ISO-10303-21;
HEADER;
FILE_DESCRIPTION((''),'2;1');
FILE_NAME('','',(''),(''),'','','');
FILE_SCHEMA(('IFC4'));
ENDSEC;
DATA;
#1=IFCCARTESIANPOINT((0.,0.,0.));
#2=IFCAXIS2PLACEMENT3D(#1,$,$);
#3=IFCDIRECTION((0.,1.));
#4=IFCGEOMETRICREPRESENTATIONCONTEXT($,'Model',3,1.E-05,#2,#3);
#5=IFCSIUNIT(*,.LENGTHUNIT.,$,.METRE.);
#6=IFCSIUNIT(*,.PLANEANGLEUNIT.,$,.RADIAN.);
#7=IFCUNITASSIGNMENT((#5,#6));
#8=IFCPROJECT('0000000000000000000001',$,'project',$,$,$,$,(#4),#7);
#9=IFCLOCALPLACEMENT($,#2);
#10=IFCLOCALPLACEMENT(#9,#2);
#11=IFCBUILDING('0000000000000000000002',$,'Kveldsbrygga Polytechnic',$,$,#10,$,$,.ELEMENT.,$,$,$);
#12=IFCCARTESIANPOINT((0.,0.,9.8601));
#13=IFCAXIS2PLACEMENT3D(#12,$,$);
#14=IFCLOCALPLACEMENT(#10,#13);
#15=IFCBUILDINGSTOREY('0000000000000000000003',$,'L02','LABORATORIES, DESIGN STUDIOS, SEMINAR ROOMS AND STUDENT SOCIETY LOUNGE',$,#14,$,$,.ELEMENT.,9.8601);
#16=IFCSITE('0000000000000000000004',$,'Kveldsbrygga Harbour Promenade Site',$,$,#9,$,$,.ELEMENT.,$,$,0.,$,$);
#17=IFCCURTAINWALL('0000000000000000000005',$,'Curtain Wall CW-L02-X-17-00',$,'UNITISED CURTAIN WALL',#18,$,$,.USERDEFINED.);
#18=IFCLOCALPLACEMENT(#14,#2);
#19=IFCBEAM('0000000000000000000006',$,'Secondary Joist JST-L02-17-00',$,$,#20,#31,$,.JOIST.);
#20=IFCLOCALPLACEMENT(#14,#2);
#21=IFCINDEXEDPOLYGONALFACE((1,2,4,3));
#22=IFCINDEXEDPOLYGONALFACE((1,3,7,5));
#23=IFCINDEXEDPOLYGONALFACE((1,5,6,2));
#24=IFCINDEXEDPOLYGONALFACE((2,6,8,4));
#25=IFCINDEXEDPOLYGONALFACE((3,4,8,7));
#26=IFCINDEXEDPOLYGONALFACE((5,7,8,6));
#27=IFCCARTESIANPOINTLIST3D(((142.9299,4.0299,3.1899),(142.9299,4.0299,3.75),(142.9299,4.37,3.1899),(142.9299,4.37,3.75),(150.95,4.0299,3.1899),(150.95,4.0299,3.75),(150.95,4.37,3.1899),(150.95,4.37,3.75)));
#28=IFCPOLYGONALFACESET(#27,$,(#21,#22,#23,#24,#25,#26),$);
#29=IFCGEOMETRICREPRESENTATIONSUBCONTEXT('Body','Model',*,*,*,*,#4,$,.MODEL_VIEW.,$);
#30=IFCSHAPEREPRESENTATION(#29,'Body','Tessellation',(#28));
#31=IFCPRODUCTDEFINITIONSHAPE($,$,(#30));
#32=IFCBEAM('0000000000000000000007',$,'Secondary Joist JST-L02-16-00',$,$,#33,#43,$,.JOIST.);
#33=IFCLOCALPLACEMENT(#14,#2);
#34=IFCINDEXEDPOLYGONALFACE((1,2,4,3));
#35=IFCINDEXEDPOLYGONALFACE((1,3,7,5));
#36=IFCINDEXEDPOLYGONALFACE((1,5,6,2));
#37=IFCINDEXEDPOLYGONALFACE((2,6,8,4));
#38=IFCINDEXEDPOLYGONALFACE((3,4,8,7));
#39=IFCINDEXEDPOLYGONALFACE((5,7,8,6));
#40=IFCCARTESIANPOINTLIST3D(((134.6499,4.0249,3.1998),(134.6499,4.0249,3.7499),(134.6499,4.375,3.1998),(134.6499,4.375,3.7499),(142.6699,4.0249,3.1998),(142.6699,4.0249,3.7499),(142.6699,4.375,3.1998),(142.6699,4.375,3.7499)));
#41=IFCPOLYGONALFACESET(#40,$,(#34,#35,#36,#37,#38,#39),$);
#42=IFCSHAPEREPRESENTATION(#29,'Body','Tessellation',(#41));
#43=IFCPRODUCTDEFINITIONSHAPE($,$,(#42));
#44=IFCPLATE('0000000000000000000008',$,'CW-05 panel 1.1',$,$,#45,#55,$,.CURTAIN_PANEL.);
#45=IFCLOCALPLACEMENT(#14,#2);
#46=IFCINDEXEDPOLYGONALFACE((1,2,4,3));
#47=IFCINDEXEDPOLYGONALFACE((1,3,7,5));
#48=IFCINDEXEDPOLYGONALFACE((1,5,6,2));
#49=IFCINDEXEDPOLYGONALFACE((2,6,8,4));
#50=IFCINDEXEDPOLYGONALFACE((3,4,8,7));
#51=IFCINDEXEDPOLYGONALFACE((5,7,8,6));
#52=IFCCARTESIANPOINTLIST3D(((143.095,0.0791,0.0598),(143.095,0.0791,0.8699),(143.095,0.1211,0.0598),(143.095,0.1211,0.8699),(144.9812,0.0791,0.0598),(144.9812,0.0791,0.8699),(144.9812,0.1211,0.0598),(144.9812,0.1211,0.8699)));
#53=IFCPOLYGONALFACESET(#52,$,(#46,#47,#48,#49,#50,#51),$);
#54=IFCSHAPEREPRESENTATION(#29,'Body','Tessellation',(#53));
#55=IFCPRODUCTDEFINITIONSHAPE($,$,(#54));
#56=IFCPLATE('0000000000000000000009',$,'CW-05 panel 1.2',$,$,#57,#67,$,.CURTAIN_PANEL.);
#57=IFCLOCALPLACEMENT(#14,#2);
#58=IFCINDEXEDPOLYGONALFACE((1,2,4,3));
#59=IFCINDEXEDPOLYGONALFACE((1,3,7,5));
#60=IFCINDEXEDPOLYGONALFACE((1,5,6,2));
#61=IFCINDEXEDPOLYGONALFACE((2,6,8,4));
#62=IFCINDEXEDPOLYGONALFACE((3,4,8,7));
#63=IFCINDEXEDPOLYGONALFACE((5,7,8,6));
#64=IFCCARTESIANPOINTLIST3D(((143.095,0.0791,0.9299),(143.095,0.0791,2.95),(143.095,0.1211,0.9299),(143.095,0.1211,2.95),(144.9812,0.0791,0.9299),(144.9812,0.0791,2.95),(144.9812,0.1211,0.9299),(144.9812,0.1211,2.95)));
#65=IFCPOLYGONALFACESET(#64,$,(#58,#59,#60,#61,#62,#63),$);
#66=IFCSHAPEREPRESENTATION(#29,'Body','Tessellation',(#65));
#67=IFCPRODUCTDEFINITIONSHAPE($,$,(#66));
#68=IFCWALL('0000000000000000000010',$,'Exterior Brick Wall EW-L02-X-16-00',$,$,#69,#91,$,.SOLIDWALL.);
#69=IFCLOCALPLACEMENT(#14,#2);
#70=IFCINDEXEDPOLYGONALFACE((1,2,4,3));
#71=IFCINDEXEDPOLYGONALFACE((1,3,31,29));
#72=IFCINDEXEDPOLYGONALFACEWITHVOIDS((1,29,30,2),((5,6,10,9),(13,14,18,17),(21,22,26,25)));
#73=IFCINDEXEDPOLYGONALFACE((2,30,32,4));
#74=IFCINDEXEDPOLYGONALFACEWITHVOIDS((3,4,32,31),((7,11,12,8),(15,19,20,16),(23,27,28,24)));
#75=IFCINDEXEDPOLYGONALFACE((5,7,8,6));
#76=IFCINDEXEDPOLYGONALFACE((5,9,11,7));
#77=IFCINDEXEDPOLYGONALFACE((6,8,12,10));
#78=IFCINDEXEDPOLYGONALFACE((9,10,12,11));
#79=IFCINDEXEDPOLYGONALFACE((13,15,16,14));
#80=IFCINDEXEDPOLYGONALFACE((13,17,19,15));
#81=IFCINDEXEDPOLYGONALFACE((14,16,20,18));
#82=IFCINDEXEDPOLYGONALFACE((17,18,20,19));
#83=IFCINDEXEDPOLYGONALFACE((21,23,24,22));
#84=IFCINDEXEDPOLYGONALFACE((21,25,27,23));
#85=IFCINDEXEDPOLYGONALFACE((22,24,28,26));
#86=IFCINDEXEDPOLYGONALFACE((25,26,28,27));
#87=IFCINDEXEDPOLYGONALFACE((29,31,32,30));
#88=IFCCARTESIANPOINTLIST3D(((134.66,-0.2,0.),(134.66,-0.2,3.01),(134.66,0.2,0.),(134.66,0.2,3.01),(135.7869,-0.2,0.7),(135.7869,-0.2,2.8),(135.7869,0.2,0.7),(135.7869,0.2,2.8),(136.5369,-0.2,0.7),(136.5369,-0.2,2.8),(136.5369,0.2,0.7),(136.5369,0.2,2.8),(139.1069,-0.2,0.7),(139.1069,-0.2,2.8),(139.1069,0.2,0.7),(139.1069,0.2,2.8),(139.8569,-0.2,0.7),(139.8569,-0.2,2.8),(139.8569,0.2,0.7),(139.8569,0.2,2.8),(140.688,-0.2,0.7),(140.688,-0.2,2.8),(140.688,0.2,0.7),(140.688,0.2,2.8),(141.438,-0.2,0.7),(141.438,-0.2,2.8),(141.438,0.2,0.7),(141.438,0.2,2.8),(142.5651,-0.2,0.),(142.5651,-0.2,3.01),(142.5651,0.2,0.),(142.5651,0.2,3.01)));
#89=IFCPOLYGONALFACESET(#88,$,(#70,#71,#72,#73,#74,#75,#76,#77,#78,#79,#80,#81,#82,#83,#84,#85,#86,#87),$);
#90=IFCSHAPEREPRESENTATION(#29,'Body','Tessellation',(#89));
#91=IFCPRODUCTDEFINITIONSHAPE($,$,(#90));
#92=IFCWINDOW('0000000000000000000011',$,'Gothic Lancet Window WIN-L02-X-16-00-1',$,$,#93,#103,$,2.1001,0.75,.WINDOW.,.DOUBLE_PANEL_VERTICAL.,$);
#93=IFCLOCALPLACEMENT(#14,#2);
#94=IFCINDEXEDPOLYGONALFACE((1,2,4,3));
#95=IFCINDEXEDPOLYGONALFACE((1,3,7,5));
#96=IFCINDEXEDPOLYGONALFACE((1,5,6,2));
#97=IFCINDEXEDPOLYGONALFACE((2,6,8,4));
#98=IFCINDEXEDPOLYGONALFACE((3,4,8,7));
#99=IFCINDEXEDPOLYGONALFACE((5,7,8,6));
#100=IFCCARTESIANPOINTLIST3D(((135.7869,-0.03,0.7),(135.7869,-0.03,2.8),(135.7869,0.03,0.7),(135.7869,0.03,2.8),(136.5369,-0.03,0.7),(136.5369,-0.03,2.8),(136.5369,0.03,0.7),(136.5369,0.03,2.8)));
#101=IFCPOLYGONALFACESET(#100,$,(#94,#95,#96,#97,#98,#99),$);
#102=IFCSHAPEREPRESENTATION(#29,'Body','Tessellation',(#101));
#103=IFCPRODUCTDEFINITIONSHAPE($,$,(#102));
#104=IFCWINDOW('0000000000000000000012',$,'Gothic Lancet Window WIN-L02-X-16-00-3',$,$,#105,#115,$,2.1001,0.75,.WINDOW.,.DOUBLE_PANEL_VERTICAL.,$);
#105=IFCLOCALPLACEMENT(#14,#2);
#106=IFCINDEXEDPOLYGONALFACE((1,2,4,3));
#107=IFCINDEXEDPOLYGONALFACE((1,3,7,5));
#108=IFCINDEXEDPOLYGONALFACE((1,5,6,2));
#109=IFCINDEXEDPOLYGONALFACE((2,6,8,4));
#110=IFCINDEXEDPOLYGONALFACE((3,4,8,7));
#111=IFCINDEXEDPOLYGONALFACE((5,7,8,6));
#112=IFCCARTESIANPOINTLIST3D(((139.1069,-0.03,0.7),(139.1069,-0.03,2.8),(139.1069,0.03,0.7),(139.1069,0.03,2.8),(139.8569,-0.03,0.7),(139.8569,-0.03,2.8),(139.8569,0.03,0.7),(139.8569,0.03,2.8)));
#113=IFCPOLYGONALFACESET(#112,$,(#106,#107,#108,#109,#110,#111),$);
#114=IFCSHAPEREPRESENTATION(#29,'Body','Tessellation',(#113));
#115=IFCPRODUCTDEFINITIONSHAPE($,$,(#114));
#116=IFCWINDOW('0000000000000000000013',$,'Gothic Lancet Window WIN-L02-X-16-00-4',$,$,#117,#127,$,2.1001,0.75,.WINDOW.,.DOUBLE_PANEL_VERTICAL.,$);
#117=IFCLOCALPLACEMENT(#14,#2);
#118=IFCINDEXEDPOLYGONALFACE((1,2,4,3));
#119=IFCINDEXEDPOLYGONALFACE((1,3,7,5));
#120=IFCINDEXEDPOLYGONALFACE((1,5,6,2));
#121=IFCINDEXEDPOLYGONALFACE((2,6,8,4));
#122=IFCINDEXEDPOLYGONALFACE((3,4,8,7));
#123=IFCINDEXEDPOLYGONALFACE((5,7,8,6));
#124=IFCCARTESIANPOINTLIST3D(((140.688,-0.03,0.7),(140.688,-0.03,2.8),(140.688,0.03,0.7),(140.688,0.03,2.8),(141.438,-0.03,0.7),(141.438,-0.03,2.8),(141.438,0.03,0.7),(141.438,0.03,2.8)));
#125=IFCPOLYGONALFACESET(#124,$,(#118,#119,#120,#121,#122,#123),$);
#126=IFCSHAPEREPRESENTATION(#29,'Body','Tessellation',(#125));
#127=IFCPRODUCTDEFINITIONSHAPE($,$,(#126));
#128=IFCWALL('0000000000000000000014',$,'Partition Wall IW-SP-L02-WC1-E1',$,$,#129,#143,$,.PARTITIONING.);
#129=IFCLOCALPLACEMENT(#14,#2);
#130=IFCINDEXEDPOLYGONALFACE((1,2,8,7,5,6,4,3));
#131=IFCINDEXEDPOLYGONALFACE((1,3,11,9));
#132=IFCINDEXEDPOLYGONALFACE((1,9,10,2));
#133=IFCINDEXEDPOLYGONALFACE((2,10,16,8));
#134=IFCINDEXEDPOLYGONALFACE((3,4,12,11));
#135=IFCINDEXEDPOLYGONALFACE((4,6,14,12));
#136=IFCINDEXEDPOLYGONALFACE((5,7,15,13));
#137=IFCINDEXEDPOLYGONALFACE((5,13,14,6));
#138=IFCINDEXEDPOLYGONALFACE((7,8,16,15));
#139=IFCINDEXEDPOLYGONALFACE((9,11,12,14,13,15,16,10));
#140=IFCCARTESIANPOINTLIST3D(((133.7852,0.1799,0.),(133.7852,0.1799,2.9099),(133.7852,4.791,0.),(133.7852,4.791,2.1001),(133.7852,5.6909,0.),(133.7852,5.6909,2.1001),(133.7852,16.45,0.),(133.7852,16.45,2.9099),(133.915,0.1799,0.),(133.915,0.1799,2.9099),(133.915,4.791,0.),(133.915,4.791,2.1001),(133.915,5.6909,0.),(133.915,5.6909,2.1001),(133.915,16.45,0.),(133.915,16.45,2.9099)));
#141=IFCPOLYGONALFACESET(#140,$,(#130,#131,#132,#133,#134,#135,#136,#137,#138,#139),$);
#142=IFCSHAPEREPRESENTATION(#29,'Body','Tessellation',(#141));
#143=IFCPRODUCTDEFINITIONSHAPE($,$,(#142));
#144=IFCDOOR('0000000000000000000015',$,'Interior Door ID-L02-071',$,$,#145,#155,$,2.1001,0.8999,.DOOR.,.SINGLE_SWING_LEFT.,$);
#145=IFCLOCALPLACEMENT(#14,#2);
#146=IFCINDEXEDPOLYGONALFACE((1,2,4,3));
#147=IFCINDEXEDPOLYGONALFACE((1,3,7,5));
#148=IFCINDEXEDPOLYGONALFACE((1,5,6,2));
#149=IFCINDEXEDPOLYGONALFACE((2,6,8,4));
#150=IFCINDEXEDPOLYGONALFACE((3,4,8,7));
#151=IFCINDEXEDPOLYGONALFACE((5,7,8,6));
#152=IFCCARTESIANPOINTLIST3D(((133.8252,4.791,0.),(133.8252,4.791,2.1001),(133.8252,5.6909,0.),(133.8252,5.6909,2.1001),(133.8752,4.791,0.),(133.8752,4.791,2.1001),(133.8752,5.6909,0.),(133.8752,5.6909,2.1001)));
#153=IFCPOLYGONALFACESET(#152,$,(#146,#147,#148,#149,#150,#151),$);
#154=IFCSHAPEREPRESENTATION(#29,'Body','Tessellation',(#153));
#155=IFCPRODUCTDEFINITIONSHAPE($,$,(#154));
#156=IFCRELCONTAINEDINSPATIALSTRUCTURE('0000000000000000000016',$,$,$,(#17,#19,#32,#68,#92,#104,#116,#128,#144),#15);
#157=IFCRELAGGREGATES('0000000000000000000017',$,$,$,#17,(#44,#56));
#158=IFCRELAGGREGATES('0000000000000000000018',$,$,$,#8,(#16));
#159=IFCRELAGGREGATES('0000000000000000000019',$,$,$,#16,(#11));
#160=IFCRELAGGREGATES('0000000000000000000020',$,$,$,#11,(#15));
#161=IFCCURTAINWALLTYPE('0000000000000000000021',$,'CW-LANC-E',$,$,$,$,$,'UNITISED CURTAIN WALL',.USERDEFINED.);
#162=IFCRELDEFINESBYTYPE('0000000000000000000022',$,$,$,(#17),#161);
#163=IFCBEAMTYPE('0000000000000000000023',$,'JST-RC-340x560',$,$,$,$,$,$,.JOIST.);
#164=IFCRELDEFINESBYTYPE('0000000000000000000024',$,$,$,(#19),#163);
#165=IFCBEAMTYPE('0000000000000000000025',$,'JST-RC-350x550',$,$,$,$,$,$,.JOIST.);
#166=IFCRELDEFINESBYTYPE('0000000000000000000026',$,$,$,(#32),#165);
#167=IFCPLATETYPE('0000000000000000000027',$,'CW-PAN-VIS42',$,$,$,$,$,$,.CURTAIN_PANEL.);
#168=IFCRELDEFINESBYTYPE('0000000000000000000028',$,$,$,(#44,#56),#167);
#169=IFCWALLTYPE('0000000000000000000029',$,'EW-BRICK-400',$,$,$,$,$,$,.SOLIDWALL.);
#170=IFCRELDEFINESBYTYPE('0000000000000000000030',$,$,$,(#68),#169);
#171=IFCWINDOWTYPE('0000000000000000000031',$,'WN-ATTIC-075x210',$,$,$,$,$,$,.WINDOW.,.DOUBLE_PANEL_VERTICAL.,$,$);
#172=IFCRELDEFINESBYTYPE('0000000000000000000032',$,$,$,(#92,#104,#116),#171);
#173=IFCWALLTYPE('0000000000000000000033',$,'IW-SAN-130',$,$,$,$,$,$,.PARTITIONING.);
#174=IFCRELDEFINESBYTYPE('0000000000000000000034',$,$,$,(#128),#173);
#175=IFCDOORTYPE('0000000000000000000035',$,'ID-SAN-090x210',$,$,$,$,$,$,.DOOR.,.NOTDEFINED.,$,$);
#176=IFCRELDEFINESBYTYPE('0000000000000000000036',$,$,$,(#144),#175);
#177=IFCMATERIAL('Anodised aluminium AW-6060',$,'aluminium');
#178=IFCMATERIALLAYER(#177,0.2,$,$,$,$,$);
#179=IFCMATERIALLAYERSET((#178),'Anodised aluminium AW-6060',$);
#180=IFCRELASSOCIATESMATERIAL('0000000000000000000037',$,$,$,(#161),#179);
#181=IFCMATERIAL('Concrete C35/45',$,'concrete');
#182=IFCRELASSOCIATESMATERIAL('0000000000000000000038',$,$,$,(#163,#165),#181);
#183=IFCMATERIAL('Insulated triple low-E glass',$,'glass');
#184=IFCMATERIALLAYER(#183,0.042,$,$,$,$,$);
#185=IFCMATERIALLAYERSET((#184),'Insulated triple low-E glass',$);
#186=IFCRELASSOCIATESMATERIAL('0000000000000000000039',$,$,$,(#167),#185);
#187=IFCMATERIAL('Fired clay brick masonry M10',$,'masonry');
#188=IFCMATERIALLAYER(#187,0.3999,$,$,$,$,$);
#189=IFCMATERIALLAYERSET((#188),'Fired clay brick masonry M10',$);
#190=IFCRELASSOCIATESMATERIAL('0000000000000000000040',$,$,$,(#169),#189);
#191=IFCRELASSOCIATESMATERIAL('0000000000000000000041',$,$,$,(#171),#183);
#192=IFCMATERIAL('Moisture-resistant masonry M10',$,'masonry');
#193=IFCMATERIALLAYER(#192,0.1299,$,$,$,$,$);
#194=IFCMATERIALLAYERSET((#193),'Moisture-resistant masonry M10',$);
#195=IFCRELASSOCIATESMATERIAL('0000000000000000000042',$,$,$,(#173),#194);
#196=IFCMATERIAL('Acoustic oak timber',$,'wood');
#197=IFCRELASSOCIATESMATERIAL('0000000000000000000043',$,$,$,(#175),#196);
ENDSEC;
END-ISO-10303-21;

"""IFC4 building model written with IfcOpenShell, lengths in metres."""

from ifc_helpers import new_model, si_unit, direction, frame, frame_2d, origin, origin_2d, place, context, subcontext, project, spatial, rectangle, extrude, material, layer, layer_set, material_profile, profile_set, type_object, element, fill, aggregate, save


model = new_model("IFC4")

# Units and contexts
model_context = context("Model", 3, precision=1e-05, world=origin(), true_north=direction((0.0, 1.0)))
body_context = subcontext(model_context, "Body", "Model", "MODEL_VIEW")
ifc_project = project(units=[si_unit("LENGTHUNIT", "METRE"), si_unit("PLANEANGLEUNIT", "RADIAN")], contexts=[model_context])

# Site, building, storey
site_placement = place(None, origin())
site = spatial("IfcSite", under=ifc_project, at=site_placement, Name="Kveldsbrygga Harbour Promenade Site", CompositionType="ELEMENT", RefElevation=0.0)
building_placement = place(site_placement, origin())
building = spatial("IfcBuilding", under=site, at=building_placement, Name="Kveldsbrygga Polytechnic", CompositionType="ELEMENT")
storey_placement = place(building_placement, frame((0.0, 0.0, 9.8601)))
storey = spatial("IfcBuildingStorey", under=building, at=storey_placement, Name="L02", Description="LABORATORIES, DESIGN STUDIOS, SEMINAR ROOMS AND STUDENT SOCIETY LOUNGE", CompositionType="ELEMENT", Elevation=9.8601)

# Shared definitions
ifc_material_1 = material(Name="Concrete C35/45", Category="concrete")

# Curtain wall
ifc_material_2 = material(Name="Anodised aluminium AW-6060", Category="aluminium")
ifc_layer_1 = layer(ifc_material_2, 0.2)
ifc_layer_set_1 = layer_set([ifc_layer_1], Name="Anodised aluminium AW-6060")
curtain_wall_type = type_object("IfcCurtainWallType", Name="CW-LANC-E", ElementType="UNITISED CURTAIN WALL", PredefinedType="USERDEFINED", material=ifc_layer_set_1)
curtain_wall_placement = place(storey_placement, origin())
curtain_wall = element("IfcCurtainWall", 1, at=curtain_wall_placement, inside=storey, type_object=curtain_wall_type, Name="Curtain Wall CW-L02-X-17-00", ObjectType="UNITISED CURTAIN WALL", PredefinedType="USERDEFINED")

# Beams
ifc_material_profile_1 = material_profile(ifc_material_1, rectangle(XDim=0.3401, YDim=0.5601, at=origin_2d()), Name="RC 340x560")
ifc_profile_set_1 = profile_set([ifc_material_profile_1], Name="Concrete C35/45")
beam_type_1 = type_object("IfcBeamType", Name="JST-RC-340x560", PredefinedType="JOIST", material=ifc_profile_set_1)
beam_1_placement = place(storey_placement, frame((142.9299, 4.2, 3.47), z_axis=(1.0, 0.0, 0.0), x_axis=(0.0, 1.0, 0.0)))
element("IfcBeam", 2, at=beam_1_placement, inside=storey, type_object=beam_type_1, Name="Secondary Joist JST-L02-17-00", PredefinedType="JOIST", context=body_context, shape_type="SweptSolid", body=[
    extrude(rectangle(XDim=0.3401, YDim=0.5601, at=origin_2d()), origin(), (0.0, 0.0, 1.0), 8.02),
])
ifc_material_profile_2 = material_profile(ifc_material_1, rectangle(XDim=0.3501, YDim=0.55, at=origin_2d()), Name="RC 350x550")
ifc_profile_set_2 = profile_set([ifc_material_profile_2], Name="Concrete C35/45")
beam_type_2 = type_object("IfcBeamType", Name="JST-RC-350x550", PredefinedType="JOIST", material=ifc_profile_set_2)
beam_2_placement = place(storey_placement, frame((134.6499, 4.2, 3.4749), z_axis=(1.0, 0.0, 0.0), x_axis=(0.0, 1.0, 0.0)))
element("IfcBeam", 3, at=beam_2_placement, inside=storey, type_object=beam_type_2, Name="Secondary Joist JST-L02-16-00", PredefinedType="JOIST", context=body_context, shape_type="SweptSolid", body=[
    extrude(rectangle(XDim=0.3501, YDim=0.55, at=origin_2d()), origin(), (0.0, 0.0, 1.0), 8.02),
])

# Plates
ifc_material_3 = material(Name="Insulated triple low-E glass", Category="glass")
ifc_layer_2 = layer(ifc_material_3, 0.042)
ifc_layer_set_2 = layer_set([ifc_layer_2], Name="Insulated triple low-E glass")
plate_type = type_object("IfcPlateType", Name="CW-PAN-VIS42", PredefinedType="CURTAIN_PANEL", material=ifc_layer_set_2)
plate_1_placement = place(storey_placement, frame((144.0381, 0.1001, 0.0598), z_axis=(0.0, 0.0, 1.0), x_axis=(1.0, 0.0, 0.0)))
plate_1 = element("IfcPlate", 4, at=plate_1_placement, type_object=plate_type, Name="CW-05 panel 1.1", PredefinedType="CURTAIN_PANEL", context=body_context, shape_type="SweptSolid", body=[
    extrude(rectangle(XDim=1.8862, YDim=0.042, at=origin_2d()), origin(), (0.0, 0.0, 1.0), 0.8101),
])
plate_2_placement = place(storey_placement, frame((144.0381, 0.1001, 0.9299), z_axis=(0.0, 0.0, 1.0), x_axis=(1.0, 0.0, 0.0)))
plate_2 = element("IfcPlate", 5, at=plate_2_placement, type_object=plate_type, Name="CW-05 panel 1.2", PredefinedType="CURTAIN_PANEL", context=body_context, shape_type="SweptSolid", body=[
    extrude(rectangle(XDim=1.8862, YDim=0.042, at=origin_2d()), origin(), (0.0, 0.0, 1.0), 2.02),
])
aggregate(curtain_wall, [plate_1, plate_2])

# Wall, openings, windows
ifc_material_4 = material(Name="Fired clay brick masonry M10", Category="masonry")
ifc_layer_3 = layer(ifc_material_4, 0.3999)
ifc_layer_set_3 = layer_set([ifc_layer_3], Name="Fired clay brick masonry M10")
wall_type_1 = type_object("IfcWallType", Name="EW-BRICK-400", PredefinedType="SOLIDWALL", material=ifc_layer_set_3)
wall_1_placement = place(storey_placement, frame((134.6599, 0.0, 0.0), z_axis=(0.0, 0.0, 1.0), x_axis=(1.0, 0.0, 0.0)))
wall_1 = element("IfcWall", 6, at=wall_1_placement, inside=storey, type_object=wall_type_1, Name="Exterior Brick Wall EW-L02-X-16-00", PredefinedType="SOLIDWALL", context=body_context, shape_type="SweptSolid", body=[
    extrude(rectangle(XDim=7.905, YDim=0.3999, at=frame_2d((3.9526, 0.0))), origin(), (0.0, 0.0, 1.0), 3.01),
])
opening_1_placement = place(wall_1_placement, frame((1.127, 0.0, 0.7)))
opening_1 = element("IfcOpeningElement", 7, at=opening_1_placement, cuts=wall_1, PredefinedType="OPENING", context=body_context, shape_type="SweptSolid", body=[
    extrude(rectangle(XDim=0.75, YDim=2.1001, at=frame_2d((0.375, 1.05))), frame((0.0, 0.21, 0.0), z_axis=(0.0, -1.0, 0.0), x_axis=(1.0, 0.0, 0.0)), (0.0, 0.0, 1.0), 0.4199),
])
opening_2_placement = place(wall_1_placement, frame((4.447, 0.0, 0.7)))
opening_2 = element("IfcOpeningElement", 8, at=opening_2_placement, cuts=wall_1, PredefinedType="OPENING", context=body_context, shape_type="SweptSolid", body=[
    extrude(rectangle(XDim=0.75, YDim=2.1001, at=frame_2d((0.375, 1.05))), frame((0.0, 0.21, 0.0), z_axis=(0.0, -1.0, 0.0), x_axis=(1.0, 0.0, 0.0)), (0.0, 0.0, 1.0), 0.4199),
])
opening_3_placement = place(wall_1_placement, frame((6.0281, 0.0, 0.7)))
opening_3 = element("IfcOpeningElement", 9, at=opening_3_placement, cuts=wall_1, PredefinedType="OPENING", context=body_context, shape_type="SweptSolid", body=[
    extrude(rectangle(XDim=0.75, YDim=2.1001, at=frame_2d((0.375, 1.05))), frame((0.0, 0.21, 0.0), z_axis=(0.0, -1.0, 0.0), x_axis=(1.0, 0.0, 0.0)), (0.0, 0.0, 1.0), 0.4199),
])
window_type = type_object("IfcWindowType", Name="WN-ATTIC-075x210", PartitioningType="DOUBLE_PANEL_VERTICAL", PredefinedType="WINDOW", material=ifc_material_3)
window_1_placement = place(opening_1_placement, origin())
window_1 = element("IfcWindow", 10, at=window_1_placement, inside=storey, type_object=window_type, Name="Gothic Lancet Window WIN-L02-X-16-00-1", OverallHeight=2.1001, OverallWidth=0.75, PartitioningType="DOUBLE_PANEL_VERTICAL", PredefinedType="WINDOW", context=body_context, shape_type="SweptSolid", body=[
    extrude(rectangle(XDim=0.75, YDim=2.1001, at=frame_2d((0.375, 1.05))), frame((0.0, 0.03, 0.0), z_axis=(0.0, -1.0, 0.0), x_axis=(1.0, 0.0, 0.0)), (0.0, 0.0, 1.0), 0.0601),
])
fill(opening_1, window_1)
window_2_placement = place(opening_2_placement, origin())
window_2 = element("IfcWindow", 11, at=window_2_placement, inside=storey, type_object=window_type, Name="Gothic Lancet Window WIN-L02-X-16-00-3", OverallHeight=2.1001, OverallWidth=0.75, PartitioningType="DOUBLE_PANEL_VERTICAL", PredefinedType="WINDOW", context=body_context, shape_type="SweptSolid", body=[
    extrude(rectangle(XDim=0.75, YDim=2.1001, at=frame_2d((0.375, 1.05))), frame((0.0, 0.03, 0.0), z_axis=(0.0, -1.0, 0.0), x_axis=(1.0, 0.0, 0.0)), (0.0, 0.0, 1.0), 0.0601),
])
fill(opening_2, window_2)
window_3_placement = place(opening_3_placement, origin())
window_3 = element("IfcWindow", 12, at=window_3_placement, inside=storey, type_object=window_type, Name="Gothic Lancet Window WIN-L02-X-16-00-4", OverallHeight=2.1001, OverallWidth=0.75, PartitioningType="DOUBLE_PANEL_VERTICAL", PredefinedType="WINDOW", context=body_context, shape_type="SweptSolid", body=[
    extrude(rectangle(XDim=0.75, YDim=2.1001, at=frame_2d((0.375, 1.05))), frame((0.0, 0.03, 0.0), z_axis=(0.0, -1.0, 0.0), x_axis=(1.0, 0.0, 0.0)), (0.0, 0.0, 1.0), 0.0601),
])
fill(opening_3, window_3)

# Wall, opening, door
ifc_material_5 = material(Name="Moisture-resistant masonry M10", Category="masonry")
ifc_layer_4 = layer(ifc_material_5, 0.1299)
ifc_layer_set_4 = layer_set([ifc_layer_4], Name="Moisture-resistant masonry M10")
wall_type_2 = type_object("IfcWallType", Name="IW-SAN-130", PredefinedType="PARTITIONING", material=ifc_layer_set_4)
wall_2_placement = place(storey_placement, frame((133.8501, 0.1799, 0.0), z_axis=(0.0, 0.0, 1.0), x_axis=(0.0, 1.0, 0.0)))
wall_2 = element("IfcWall", 13, at=wall_2_placement, inside=storey, type_object=wall_type_2, Name="Partition Wall IW-SP-L02-WC1-E1", PredefinedType="PARTITIONING", context=body_context, shape_type="SweptSolid", body=[
    extrude(rectangle(XDim=16.27, YDim=0.1299, at=frame_2d((8.135, 0.0))), origin(), (0.0, 0.0, 1.0), 2.9099),
])
opening_4_placement = place(wall_2_placement, frame((4.6111, 0.0, 0.0)))
opening_4 = element("IfcOpeningElement", 14, at=opening_4_placement, cuts=wall_2, PredefinedType="OPENING", context=body_context, shape_type="SweptSolid", body=[
    extrude(rectangle(XDim=0.8999, YDim=2.1001, at=frame_2d((0.45, 1.05))), frame((0.0, 0.075, 0.0), z_axis=(0.0, -1.0, 0.0), x_axis=(1.0, 0.0, 0.0)), (0.0, 0.0, 1.0), 0.1499),
])
ifc_material_6 = material(Name="Acoustic oak timber", Category="wood")
door_type_1 = type_object("IfcDoorType", Name="ID-SAN-090x210", OperationType="NOTDEFINED", PredefinedType="DOOR", material=ifc_material_6)
door_1_placement = place(opening_4_placement, origin())
door_1 = element("IfcDoor", 15, at=door_1_placement, inside=storey, type_object=door_type_1, Name="Interior Door ID-L02-071", OperationType="SINGLE_SWING_LEFT", OverallHeight=2.1001, OverallWidth=0.8999, PredefinedType="DOOR", context=body_context, shape_type="SweptSolid", body=[
    extrude(rectangle(XDim=0.8999, YDim=2.1001, at=frame_2d((0.45, 1.05))), frame((0.0, 0.0249, 0.0), z_axis=(0.0, -1.0, 0.0), x_axis=(1.0, 0.0, 0.0)), (0.0, 0.0, 1.0), 0.05),
])
fill(opening_4, door_1)

save(model, "model.ifc")
